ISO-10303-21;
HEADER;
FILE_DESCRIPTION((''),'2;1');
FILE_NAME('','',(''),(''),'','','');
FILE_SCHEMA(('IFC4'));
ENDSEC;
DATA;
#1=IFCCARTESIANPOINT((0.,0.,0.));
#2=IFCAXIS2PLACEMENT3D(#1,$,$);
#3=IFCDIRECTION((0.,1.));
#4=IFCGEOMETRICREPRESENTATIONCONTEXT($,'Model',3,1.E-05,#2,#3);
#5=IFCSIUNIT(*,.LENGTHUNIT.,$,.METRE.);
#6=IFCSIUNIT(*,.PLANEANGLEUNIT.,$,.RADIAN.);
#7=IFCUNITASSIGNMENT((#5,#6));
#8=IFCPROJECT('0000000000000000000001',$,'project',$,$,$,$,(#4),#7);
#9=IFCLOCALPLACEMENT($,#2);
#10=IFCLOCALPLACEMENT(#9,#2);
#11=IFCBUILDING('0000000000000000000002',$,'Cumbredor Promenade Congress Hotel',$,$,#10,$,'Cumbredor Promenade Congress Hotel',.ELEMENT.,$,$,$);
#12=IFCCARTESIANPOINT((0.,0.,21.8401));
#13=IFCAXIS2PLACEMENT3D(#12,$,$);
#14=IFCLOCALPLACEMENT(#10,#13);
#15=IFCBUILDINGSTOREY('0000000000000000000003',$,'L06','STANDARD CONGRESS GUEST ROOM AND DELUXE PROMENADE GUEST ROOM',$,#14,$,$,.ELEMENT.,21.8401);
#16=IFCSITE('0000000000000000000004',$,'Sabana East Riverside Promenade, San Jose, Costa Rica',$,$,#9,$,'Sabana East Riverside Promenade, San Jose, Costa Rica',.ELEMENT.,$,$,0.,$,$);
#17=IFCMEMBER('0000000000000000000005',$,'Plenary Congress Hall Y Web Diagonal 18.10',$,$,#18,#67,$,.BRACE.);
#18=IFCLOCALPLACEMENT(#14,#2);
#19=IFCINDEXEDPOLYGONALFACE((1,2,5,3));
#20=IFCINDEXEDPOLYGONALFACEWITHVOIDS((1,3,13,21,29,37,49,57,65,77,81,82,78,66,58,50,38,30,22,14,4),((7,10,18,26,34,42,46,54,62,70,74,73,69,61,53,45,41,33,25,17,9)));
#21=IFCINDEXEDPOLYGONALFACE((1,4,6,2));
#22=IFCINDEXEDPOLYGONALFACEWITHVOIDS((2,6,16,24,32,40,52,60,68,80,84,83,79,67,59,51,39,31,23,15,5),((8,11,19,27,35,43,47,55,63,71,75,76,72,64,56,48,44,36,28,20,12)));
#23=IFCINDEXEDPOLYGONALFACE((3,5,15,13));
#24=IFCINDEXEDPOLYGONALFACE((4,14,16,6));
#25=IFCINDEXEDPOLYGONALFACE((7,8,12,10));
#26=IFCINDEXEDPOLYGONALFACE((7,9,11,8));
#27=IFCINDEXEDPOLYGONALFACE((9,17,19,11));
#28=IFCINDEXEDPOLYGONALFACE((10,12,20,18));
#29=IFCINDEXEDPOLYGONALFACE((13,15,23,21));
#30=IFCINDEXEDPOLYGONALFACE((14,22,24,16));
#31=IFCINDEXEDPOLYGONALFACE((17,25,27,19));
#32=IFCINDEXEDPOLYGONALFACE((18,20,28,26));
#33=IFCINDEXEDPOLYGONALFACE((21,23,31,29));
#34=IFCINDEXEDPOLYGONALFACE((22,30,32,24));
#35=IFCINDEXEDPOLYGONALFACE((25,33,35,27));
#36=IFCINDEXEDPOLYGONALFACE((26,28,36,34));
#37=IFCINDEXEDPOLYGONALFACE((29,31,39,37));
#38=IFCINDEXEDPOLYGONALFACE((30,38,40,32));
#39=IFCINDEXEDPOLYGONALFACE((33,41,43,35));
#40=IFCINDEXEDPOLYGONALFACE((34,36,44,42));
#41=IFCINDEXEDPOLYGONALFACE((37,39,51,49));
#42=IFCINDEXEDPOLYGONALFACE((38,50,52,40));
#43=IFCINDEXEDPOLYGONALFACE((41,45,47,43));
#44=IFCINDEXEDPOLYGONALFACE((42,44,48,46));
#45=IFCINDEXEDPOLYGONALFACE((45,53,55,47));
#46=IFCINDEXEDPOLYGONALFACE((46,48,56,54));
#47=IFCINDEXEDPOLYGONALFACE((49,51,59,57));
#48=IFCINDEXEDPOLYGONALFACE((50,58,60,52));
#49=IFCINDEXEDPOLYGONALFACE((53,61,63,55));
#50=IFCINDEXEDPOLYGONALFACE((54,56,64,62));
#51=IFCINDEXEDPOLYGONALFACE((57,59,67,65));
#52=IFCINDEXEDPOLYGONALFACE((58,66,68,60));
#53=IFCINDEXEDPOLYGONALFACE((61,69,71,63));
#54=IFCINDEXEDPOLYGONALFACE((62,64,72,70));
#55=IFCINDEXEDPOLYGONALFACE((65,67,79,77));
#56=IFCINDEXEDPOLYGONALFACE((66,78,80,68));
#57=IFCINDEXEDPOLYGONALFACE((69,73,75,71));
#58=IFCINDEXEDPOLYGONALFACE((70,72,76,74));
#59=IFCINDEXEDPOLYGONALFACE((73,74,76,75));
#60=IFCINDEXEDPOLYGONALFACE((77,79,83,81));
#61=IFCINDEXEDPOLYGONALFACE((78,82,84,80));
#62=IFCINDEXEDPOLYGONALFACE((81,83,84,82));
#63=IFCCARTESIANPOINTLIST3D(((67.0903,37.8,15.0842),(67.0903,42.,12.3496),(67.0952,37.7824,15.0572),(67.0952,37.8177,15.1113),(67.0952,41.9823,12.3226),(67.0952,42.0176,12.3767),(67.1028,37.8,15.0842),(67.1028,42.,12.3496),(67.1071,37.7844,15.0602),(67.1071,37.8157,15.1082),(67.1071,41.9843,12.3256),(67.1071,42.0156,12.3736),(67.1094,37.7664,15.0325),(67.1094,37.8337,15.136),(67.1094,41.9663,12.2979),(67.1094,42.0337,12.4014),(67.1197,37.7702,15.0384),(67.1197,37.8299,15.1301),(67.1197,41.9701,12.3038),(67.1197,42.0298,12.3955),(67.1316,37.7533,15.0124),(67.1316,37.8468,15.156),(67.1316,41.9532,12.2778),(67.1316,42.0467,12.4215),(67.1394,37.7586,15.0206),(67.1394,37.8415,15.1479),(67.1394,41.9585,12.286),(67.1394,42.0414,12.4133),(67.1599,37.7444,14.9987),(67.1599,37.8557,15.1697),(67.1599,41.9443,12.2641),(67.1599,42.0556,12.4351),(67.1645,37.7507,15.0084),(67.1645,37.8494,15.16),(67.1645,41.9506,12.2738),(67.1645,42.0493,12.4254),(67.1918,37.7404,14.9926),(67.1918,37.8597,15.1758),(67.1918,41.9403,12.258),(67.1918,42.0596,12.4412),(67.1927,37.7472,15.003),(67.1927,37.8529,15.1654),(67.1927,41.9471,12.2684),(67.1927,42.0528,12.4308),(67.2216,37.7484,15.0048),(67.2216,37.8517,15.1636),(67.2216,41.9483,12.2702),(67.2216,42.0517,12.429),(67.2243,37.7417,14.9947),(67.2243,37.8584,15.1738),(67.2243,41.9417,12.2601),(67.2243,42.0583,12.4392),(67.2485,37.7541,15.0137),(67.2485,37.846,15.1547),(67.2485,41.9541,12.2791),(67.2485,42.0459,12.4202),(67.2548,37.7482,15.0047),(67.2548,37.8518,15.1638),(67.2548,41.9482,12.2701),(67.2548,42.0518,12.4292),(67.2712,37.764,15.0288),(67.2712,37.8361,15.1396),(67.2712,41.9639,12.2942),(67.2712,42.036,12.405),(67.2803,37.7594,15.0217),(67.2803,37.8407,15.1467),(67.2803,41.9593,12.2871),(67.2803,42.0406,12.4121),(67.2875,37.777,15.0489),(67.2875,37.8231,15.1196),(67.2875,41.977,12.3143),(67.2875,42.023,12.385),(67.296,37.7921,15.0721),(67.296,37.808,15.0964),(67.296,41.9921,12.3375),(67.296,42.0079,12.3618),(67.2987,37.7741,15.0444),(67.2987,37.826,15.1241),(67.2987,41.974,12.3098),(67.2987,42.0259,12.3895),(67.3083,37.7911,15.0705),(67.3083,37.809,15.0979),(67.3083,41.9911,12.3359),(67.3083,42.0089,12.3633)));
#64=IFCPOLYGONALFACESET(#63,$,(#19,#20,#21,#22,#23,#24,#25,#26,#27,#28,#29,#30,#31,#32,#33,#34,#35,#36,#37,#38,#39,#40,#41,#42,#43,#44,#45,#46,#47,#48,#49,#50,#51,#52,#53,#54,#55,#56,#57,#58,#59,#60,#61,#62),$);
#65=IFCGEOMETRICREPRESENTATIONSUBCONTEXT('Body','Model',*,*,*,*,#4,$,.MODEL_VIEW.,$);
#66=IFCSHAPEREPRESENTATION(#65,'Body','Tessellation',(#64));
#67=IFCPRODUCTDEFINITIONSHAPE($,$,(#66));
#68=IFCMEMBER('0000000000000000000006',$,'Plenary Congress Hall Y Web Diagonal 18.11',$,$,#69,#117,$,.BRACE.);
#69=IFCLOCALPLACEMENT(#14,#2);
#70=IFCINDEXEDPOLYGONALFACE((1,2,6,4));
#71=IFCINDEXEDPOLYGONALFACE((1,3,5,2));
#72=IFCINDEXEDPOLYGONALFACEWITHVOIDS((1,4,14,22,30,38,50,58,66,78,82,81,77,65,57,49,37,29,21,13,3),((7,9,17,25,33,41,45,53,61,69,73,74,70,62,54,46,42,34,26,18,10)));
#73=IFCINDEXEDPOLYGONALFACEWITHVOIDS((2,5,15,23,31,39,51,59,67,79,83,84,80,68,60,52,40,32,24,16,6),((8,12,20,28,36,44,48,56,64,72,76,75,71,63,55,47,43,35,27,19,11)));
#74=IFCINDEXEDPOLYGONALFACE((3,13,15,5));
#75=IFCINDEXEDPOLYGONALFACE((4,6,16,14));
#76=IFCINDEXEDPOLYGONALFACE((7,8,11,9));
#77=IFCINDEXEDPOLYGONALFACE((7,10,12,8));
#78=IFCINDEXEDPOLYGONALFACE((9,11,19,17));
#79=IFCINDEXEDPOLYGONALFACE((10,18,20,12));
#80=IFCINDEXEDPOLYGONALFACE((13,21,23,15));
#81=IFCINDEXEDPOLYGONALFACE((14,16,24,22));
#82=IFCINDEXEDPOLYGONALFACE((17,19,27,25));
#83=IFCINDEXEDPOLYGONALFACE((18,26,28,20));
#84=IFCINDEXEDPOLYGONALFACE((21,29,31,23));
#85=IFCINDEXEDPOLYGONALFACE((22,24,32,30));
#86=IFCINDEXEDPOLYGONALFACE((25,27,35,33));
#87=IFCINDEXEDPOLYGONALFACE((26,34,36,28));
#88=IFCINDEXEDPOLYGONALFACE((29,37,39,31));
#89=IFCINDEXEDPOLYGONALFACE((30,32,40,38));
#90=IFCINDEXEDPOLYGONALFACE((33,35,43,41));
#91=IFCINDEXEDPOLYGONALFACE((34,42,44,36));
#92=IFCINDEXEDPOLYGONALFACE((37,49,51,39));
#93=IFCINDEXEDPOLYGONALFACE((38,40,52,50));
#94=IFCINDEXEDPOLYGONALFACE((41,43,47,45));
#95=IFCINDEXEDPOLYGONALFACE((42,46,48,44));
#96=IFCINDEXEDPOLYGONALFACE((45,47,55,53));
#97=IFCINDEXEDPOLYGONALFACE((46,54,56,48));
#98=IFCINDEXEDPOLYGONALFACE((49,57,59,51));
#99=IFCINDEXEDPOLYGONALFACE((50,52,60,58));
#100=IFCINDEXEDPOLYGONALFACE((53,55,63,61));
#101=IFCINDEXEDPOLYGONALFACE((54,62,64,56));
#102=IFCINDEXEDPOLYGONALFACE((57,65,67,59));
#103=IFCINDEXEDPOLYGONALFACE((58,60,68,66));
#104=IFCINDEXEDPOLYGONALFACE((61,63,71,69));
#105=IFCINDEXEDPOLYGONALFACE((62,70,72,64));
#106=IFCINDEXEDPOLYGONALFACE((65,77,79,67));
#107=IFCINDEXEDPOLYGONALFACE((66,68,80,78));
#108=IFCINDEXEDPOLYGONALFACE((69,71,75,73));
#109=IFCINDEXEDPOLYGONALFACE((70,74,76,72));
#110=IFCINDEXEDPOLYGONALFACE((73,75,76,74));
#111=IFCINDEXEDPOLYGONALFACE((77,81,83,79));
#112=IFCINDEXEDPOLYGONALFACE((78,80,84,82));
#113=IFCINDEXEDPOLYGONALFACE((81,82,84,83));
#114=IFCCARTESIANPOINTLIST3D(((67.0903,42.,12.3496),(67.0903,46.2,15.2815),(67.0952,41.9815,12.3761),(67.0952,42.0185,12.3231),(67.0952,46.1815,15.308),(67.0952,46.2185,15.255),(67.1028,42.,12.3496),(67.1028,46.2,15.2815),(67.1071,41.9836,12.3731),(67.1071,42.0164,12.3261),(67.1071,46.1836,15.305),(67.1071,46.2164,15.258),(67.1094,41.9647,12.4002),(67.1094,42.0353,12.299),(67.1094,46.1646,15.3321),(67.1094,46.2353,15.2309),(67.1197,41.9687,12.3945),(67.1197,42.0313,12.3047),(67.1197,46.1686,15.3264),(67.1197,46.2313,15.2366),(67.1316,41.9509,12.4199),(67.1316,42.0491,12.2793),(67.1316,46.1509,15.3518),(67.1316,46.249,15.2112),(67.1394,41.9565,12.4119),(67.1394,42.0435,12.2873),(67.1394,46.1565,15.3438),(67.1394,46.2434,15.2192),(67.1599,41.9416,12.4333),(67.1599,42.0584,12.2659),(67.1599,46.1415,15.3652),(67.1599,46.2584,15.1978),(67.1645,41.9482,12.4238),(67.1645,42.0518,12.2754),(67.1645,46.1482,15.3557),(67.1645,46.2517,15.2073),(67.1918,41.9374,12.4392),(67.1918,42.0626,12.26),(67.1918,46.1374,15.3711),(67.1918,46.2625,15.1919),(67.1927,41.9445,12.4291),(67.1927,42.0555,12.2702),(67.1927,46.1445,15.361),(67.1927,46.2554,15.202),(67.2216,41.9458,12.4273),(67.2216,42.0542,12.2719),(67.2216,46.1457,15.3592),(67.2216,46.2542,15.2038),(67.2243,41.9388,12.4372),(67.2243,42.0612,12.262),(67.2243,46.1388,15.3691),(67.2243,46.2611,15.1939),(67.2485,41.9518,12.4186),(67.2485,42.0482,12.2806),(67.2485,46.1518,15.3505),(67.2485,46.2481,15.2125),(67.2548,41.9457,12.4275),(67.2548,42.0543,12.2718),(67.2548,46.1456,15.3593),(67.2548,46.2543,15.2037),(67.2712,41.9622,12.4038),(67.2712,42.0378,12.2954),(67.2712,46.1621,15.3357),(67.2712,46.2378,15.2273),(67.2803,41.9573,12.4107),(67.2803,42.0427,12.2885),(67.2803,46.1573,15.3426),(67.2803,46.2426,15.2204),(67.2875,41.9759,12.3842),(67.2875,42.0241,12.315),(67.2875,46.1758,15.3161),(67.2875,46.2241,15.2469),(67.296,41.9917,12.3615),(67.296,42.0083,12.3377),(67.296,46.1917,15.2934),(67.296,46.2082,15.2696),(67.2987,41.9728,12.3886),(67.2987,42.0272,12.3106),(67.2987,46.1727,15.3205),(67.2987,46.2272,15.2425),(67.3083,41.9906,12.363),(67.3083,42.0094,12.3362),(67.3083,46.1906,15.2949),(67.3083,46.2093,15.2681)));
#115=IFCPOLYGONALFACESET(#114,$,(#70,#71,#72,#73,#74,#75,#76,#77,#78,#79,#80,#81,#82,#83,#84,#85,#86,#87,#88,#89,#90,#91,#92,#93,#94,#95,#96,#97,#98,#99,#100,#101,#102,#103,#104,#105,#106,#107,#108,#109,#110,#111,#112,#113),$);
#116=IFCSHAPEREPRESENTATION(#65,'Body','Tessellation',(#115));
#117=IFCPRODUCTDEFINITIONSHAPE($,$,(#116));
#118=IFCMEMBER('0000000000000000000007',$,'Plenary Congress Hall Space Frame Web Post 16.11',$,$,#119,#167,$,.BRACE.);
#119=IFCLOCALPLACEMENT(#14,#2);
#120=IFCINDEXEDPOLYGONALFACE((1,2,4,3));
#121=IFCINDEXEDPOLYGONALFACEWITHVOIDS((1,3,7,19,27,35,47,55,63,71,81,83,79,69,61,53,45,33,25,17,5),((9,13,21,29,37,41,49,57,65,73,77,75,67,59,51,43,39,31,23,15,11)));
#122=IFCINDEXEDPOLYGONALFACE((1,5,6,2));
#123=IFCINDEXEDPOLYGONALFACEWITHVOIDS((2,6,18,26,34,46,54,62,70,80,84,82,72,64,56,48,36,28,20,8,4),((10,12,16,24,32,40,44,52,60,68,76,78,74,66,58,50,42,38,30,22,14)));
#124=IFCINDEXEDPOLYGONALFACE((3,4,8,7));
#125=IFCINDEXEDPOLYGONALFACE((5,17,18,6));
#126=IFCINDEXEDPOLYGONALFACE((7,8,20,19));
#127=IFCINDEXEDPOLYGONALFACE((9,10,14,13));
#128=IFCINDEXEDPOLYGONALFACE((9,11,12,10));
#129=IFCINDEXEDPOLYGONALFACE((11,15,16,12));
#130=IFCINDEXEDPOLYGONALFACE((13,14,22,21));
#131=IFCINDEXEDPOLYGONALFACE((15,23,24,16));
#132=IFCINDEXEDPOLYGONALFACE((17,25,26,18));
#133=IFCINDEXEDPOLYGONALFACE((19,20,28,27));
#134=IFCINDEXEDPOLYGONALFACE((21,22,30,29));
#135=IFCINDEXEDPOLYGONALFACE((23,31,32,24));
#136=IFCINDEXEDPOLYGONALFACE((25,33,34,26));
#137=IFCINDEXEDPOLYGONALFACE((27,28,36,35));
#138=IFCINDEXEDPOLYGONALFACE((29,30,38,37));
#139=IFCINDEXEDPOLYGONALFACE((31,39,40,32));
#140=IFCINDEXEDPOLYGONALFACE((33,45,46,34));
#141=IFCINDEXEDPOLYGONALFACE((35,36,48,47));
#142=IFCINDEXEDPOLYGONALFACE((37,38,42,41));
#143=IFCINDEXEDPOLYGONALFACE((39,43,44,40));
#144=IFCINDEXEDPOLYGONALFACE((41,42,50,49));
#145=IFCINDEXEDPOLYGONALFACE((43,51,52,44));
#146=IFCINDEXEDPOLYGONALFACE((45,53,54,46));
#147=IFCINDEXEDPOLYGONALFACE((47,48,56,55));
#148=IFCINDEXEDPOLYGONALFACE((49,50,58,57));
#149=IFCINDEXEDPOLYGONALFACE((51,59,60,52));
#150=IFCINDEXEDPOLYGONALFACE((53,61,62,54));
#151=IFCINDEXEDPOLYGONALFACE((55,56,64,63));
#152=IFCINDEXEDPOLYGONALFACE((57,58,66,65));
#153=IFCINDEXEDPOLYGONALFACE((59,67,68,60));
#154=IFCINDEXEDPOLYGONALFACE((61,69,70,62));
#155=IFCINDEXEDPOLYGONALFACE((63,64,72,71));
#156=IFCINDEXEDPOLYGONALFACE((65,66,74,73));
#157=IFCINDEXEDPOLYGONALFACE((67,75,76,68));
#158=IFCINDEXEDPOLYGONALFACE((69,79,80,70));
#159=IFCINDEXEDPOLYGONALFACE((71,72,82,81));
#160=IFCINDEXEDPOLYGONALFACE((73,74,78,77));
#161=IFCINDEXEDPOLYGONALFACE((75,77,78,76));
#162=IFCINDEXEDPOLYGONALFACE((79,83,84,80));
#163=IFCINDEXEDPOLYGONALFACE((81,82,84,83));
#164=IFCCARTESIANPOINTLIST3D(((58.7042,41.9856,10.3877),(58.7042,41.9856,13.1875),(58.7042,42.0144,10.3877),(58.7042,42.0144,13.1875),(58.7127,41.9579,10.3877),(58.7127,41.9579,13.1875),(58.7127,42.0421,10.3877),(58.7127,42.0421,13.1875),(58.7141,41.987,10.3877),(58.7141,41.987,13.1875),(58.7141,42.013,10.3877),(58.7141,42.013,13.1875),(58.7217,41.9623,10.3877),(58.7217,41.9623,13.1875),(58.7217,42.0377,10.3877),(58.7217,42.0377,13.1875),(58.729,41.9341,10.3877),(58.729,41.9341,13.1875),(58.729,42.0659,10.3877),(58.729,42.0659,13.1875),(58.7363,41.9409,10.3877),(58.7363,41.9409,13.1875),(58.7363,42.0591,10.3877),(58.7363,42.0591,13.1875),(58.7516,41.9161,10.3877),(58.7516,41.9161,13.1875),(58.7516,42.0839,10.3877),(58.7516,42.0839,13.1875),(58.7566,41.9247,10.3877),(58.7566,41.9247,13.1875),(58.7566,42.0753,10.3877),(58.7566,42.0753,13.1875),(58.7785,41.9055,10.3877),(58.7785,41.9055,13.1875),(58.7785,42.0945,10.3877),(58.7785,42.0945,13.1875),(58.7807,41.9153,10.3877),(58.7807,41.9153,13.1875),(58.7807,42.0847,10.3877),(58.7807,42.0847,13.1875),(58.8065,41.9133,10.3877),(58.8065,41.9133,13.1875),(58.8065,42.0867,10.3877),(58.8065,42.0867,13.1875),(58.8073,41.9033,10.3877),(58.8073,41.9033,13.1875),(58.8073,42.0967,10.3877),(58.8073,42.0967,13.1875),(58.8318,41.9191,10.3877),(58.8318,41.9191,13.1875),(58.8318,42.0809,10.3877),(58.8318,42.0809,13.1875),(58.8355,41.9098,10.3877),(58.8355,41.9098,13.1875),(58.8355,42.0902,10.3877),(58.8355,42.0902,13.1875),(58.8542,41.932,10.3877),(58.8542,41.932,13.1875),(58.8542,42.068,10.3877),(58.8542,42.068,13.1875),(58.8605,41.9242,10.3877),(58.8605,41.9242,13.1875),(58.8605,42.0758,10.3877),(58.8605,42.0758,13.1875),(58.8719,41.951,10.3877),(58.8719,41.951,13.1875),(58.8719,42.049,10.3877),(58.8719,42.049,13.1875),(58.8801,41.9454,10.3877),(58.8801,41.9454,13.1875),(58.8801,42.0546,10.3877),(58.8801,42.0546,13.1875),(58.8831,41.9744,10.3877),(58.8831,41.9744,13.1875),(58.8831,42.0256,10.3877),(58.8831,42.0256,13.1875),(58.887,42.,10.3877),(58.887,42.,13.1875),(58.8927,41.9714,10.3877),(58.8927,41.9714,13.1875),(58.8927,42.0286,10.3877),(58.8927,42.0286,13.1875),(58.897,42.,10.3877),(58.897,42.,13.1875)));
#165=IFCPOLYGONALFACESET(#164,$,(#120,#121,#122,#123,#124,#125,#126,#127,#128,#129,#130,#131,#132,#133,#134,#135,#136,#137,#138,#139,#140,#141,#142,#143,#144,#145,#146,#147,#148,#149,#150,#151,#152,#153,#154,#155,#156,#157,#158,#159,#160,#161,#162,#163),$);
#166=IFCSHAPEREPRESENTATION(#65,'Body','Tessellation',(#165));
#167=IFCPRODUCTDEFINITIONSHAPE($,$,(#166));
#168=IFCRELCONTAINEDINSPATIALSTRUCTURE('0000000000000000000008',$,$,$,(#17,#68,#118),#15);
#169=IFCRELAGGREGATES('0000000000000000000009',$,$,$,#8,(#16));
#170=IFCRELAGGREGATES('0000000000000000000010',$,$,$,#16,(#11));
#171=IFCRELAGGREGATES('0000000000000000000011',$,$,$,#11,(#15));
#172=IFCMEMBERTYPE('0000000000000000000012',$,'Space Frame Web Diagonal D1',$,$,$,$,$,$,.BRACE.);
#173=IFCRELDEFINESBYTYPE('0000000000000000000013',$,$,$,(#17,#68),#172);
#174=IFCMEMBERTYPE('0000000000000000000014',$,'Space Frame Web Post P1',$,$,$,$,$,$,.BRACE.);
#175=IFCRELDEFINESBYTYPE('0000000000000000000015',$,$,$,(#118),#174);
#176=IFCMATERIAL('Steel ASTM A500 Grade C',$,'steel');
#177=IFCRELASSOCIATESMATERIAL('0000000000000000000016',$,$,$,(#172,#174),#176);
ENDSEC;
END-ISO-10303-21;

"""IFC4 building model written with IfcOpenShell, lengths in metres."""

from ifc_helpers import new_model, si_unit, direction, frame, origin, origin_2d, place, context, subcontext, project, spatial, hollow_circle, extrude, material, material_profile, profile_set, type_object, element, save


model = new_model("IFC4")

# Units and contexts
model_context = context("Model", 3, precision=1e-05, world=origin(), true_north=direction((0.0, 1.0)))
body_context = subcontext(model_context, "Body", "Model", "MODEL_VIEW")
ifc_project = project(units=[si_unit("LENGTHUNIT", "METRE"), si_unit("PLANEANGLEUNIT", "RADIAN")], contexts=[model_context])

# Site, building, storey
site_placement = place(None, origin())
site = spatial("IfcSite", under=ifc_project, at=site_placement, Name="Sabana East Riverside Promenade, San Jose, Costa Rica", LongName="Sabana East Riverside Promenade, San Jose, Costa Rica", CompositionType="ELEMENT", RefElevation=0.0)
building_placement = place(site_placement, origin())
building = spatial("IfcBuilding", under=site, at=building_placement, Name="Cumbredor Promenade Congress Hotel", LongName="Cumbredor Promenade Congress Hotel", CompositionType="ELEMENT")
storey_placement = place(building_placement, frame((0.0, 0.0, 21.8401)))
storey = spatial("IfcBuildingStorey", under=building, at=storey_placement, Name="L06", Description="STANDARD CONGRESS GUEST ROOM AND DELUXE PROMENADE GUEST ROOM", CompositionType="ELEMENT", Elevation=21.8401)

# Members
ifc_material_1 = material(Name="Steel ASTM A500 Grade C", Category="steel")
ifc_material_profile_1 = material_profile(ifc_material_1, hollow_circle(Radius=0.1096, WallThickness=0.0125, at=origin_2d()), Name="CHS 219.1x12.5")
ifc_profile_set_1 = profile_set([ifc_material_profile_1], Name="Steel ASTM A500 Grade C")
member_type_1 = type_object("IfcMemberType", Name="Space Frame Web Diagonal D1", PredefinedType="BRACE", material=ifc_profile_set_1)
member_1_placement = place(storey_placement, frame((67.2, 37.8, 15.0842), z_axis=(0.0, 0.838019, -0.545641), x_axis=(-1.0, 0.0, 0.0)))
element("IfcMember", 1, at=member_1_placement, inside=storey, type_object=member_type_1, Name="Plenary Congress Hall Y Web Diagonal 18.10", PredefinedType="BRACE", context=body_context, shape_type="SweptSolid", body=[
    extrude(hollow_circle(Radius=0.1096, WallThickness=0.0125, at=origin_2d()), origin(), (0.0, 0.0, 1.0), 5.0117),
])
member_2_placement = place(storey_placement, frame((67.2, 42.0, 12.3496), z_axis=(0.0, 0.819972, 0.572403), x_axis=(-1.0, 0.0, 0.0)))
element("IfcMember", 2, at=member_2_placement, inside=storey, type_object=member_type_1, Name="Plenary Congress Hall Y Web Diagonal 18.11", PredefinedType="BRACE", context=body_context, shape_type="SweptSolid", body=[
    extrude(hollow_circle(Radius=0.1096, WallThickness=0.0125, at=origin_2d()), origin(), (0.0, 0.0, 1.0), 5.1221),
])
ifc_material_profile_2 = material_profile(ifc_material_1, hollow_circle(Radius=0.0969, WallThickness=0.01, at=origin_2d()), Name="CHS 193.7x10")
ifc_profile_set_2 = profile_set([ifc_material_profile_2], Name="Steel ASTM A500 Grade C")
member_type_2 = type_object("IfcMemberType", Name="Space Frame Web Post P1", PredefinedType="BRACE", material=ifc_profile_set_2)
for number, where, z_axis, x_axis, name in (
    (3, (58.8, 42.0, 10.3877), (0.0, 0.0, 1.0), (1.0, 0.0, 0.0), "Plenary Congress Hall Space Frame Web Post 16.11"),
):
    element("IfcMember", number, at=place(storey_placement, frame(where, z_axis=z_axis, x_axis=x_axis)), inside=storey, type_object=member_type_2, Name=name, PredefinedType="BRACE", context=body_context, shape_type="SweptSolid", body=[
        extrude(hollow_circle(Radius=0.0969, WallThickness=0.01, at=origin_2d()), origin(), (0.0, 0.0, 1.0), 2.7998),
    ])

save(model, "model.ifc")
